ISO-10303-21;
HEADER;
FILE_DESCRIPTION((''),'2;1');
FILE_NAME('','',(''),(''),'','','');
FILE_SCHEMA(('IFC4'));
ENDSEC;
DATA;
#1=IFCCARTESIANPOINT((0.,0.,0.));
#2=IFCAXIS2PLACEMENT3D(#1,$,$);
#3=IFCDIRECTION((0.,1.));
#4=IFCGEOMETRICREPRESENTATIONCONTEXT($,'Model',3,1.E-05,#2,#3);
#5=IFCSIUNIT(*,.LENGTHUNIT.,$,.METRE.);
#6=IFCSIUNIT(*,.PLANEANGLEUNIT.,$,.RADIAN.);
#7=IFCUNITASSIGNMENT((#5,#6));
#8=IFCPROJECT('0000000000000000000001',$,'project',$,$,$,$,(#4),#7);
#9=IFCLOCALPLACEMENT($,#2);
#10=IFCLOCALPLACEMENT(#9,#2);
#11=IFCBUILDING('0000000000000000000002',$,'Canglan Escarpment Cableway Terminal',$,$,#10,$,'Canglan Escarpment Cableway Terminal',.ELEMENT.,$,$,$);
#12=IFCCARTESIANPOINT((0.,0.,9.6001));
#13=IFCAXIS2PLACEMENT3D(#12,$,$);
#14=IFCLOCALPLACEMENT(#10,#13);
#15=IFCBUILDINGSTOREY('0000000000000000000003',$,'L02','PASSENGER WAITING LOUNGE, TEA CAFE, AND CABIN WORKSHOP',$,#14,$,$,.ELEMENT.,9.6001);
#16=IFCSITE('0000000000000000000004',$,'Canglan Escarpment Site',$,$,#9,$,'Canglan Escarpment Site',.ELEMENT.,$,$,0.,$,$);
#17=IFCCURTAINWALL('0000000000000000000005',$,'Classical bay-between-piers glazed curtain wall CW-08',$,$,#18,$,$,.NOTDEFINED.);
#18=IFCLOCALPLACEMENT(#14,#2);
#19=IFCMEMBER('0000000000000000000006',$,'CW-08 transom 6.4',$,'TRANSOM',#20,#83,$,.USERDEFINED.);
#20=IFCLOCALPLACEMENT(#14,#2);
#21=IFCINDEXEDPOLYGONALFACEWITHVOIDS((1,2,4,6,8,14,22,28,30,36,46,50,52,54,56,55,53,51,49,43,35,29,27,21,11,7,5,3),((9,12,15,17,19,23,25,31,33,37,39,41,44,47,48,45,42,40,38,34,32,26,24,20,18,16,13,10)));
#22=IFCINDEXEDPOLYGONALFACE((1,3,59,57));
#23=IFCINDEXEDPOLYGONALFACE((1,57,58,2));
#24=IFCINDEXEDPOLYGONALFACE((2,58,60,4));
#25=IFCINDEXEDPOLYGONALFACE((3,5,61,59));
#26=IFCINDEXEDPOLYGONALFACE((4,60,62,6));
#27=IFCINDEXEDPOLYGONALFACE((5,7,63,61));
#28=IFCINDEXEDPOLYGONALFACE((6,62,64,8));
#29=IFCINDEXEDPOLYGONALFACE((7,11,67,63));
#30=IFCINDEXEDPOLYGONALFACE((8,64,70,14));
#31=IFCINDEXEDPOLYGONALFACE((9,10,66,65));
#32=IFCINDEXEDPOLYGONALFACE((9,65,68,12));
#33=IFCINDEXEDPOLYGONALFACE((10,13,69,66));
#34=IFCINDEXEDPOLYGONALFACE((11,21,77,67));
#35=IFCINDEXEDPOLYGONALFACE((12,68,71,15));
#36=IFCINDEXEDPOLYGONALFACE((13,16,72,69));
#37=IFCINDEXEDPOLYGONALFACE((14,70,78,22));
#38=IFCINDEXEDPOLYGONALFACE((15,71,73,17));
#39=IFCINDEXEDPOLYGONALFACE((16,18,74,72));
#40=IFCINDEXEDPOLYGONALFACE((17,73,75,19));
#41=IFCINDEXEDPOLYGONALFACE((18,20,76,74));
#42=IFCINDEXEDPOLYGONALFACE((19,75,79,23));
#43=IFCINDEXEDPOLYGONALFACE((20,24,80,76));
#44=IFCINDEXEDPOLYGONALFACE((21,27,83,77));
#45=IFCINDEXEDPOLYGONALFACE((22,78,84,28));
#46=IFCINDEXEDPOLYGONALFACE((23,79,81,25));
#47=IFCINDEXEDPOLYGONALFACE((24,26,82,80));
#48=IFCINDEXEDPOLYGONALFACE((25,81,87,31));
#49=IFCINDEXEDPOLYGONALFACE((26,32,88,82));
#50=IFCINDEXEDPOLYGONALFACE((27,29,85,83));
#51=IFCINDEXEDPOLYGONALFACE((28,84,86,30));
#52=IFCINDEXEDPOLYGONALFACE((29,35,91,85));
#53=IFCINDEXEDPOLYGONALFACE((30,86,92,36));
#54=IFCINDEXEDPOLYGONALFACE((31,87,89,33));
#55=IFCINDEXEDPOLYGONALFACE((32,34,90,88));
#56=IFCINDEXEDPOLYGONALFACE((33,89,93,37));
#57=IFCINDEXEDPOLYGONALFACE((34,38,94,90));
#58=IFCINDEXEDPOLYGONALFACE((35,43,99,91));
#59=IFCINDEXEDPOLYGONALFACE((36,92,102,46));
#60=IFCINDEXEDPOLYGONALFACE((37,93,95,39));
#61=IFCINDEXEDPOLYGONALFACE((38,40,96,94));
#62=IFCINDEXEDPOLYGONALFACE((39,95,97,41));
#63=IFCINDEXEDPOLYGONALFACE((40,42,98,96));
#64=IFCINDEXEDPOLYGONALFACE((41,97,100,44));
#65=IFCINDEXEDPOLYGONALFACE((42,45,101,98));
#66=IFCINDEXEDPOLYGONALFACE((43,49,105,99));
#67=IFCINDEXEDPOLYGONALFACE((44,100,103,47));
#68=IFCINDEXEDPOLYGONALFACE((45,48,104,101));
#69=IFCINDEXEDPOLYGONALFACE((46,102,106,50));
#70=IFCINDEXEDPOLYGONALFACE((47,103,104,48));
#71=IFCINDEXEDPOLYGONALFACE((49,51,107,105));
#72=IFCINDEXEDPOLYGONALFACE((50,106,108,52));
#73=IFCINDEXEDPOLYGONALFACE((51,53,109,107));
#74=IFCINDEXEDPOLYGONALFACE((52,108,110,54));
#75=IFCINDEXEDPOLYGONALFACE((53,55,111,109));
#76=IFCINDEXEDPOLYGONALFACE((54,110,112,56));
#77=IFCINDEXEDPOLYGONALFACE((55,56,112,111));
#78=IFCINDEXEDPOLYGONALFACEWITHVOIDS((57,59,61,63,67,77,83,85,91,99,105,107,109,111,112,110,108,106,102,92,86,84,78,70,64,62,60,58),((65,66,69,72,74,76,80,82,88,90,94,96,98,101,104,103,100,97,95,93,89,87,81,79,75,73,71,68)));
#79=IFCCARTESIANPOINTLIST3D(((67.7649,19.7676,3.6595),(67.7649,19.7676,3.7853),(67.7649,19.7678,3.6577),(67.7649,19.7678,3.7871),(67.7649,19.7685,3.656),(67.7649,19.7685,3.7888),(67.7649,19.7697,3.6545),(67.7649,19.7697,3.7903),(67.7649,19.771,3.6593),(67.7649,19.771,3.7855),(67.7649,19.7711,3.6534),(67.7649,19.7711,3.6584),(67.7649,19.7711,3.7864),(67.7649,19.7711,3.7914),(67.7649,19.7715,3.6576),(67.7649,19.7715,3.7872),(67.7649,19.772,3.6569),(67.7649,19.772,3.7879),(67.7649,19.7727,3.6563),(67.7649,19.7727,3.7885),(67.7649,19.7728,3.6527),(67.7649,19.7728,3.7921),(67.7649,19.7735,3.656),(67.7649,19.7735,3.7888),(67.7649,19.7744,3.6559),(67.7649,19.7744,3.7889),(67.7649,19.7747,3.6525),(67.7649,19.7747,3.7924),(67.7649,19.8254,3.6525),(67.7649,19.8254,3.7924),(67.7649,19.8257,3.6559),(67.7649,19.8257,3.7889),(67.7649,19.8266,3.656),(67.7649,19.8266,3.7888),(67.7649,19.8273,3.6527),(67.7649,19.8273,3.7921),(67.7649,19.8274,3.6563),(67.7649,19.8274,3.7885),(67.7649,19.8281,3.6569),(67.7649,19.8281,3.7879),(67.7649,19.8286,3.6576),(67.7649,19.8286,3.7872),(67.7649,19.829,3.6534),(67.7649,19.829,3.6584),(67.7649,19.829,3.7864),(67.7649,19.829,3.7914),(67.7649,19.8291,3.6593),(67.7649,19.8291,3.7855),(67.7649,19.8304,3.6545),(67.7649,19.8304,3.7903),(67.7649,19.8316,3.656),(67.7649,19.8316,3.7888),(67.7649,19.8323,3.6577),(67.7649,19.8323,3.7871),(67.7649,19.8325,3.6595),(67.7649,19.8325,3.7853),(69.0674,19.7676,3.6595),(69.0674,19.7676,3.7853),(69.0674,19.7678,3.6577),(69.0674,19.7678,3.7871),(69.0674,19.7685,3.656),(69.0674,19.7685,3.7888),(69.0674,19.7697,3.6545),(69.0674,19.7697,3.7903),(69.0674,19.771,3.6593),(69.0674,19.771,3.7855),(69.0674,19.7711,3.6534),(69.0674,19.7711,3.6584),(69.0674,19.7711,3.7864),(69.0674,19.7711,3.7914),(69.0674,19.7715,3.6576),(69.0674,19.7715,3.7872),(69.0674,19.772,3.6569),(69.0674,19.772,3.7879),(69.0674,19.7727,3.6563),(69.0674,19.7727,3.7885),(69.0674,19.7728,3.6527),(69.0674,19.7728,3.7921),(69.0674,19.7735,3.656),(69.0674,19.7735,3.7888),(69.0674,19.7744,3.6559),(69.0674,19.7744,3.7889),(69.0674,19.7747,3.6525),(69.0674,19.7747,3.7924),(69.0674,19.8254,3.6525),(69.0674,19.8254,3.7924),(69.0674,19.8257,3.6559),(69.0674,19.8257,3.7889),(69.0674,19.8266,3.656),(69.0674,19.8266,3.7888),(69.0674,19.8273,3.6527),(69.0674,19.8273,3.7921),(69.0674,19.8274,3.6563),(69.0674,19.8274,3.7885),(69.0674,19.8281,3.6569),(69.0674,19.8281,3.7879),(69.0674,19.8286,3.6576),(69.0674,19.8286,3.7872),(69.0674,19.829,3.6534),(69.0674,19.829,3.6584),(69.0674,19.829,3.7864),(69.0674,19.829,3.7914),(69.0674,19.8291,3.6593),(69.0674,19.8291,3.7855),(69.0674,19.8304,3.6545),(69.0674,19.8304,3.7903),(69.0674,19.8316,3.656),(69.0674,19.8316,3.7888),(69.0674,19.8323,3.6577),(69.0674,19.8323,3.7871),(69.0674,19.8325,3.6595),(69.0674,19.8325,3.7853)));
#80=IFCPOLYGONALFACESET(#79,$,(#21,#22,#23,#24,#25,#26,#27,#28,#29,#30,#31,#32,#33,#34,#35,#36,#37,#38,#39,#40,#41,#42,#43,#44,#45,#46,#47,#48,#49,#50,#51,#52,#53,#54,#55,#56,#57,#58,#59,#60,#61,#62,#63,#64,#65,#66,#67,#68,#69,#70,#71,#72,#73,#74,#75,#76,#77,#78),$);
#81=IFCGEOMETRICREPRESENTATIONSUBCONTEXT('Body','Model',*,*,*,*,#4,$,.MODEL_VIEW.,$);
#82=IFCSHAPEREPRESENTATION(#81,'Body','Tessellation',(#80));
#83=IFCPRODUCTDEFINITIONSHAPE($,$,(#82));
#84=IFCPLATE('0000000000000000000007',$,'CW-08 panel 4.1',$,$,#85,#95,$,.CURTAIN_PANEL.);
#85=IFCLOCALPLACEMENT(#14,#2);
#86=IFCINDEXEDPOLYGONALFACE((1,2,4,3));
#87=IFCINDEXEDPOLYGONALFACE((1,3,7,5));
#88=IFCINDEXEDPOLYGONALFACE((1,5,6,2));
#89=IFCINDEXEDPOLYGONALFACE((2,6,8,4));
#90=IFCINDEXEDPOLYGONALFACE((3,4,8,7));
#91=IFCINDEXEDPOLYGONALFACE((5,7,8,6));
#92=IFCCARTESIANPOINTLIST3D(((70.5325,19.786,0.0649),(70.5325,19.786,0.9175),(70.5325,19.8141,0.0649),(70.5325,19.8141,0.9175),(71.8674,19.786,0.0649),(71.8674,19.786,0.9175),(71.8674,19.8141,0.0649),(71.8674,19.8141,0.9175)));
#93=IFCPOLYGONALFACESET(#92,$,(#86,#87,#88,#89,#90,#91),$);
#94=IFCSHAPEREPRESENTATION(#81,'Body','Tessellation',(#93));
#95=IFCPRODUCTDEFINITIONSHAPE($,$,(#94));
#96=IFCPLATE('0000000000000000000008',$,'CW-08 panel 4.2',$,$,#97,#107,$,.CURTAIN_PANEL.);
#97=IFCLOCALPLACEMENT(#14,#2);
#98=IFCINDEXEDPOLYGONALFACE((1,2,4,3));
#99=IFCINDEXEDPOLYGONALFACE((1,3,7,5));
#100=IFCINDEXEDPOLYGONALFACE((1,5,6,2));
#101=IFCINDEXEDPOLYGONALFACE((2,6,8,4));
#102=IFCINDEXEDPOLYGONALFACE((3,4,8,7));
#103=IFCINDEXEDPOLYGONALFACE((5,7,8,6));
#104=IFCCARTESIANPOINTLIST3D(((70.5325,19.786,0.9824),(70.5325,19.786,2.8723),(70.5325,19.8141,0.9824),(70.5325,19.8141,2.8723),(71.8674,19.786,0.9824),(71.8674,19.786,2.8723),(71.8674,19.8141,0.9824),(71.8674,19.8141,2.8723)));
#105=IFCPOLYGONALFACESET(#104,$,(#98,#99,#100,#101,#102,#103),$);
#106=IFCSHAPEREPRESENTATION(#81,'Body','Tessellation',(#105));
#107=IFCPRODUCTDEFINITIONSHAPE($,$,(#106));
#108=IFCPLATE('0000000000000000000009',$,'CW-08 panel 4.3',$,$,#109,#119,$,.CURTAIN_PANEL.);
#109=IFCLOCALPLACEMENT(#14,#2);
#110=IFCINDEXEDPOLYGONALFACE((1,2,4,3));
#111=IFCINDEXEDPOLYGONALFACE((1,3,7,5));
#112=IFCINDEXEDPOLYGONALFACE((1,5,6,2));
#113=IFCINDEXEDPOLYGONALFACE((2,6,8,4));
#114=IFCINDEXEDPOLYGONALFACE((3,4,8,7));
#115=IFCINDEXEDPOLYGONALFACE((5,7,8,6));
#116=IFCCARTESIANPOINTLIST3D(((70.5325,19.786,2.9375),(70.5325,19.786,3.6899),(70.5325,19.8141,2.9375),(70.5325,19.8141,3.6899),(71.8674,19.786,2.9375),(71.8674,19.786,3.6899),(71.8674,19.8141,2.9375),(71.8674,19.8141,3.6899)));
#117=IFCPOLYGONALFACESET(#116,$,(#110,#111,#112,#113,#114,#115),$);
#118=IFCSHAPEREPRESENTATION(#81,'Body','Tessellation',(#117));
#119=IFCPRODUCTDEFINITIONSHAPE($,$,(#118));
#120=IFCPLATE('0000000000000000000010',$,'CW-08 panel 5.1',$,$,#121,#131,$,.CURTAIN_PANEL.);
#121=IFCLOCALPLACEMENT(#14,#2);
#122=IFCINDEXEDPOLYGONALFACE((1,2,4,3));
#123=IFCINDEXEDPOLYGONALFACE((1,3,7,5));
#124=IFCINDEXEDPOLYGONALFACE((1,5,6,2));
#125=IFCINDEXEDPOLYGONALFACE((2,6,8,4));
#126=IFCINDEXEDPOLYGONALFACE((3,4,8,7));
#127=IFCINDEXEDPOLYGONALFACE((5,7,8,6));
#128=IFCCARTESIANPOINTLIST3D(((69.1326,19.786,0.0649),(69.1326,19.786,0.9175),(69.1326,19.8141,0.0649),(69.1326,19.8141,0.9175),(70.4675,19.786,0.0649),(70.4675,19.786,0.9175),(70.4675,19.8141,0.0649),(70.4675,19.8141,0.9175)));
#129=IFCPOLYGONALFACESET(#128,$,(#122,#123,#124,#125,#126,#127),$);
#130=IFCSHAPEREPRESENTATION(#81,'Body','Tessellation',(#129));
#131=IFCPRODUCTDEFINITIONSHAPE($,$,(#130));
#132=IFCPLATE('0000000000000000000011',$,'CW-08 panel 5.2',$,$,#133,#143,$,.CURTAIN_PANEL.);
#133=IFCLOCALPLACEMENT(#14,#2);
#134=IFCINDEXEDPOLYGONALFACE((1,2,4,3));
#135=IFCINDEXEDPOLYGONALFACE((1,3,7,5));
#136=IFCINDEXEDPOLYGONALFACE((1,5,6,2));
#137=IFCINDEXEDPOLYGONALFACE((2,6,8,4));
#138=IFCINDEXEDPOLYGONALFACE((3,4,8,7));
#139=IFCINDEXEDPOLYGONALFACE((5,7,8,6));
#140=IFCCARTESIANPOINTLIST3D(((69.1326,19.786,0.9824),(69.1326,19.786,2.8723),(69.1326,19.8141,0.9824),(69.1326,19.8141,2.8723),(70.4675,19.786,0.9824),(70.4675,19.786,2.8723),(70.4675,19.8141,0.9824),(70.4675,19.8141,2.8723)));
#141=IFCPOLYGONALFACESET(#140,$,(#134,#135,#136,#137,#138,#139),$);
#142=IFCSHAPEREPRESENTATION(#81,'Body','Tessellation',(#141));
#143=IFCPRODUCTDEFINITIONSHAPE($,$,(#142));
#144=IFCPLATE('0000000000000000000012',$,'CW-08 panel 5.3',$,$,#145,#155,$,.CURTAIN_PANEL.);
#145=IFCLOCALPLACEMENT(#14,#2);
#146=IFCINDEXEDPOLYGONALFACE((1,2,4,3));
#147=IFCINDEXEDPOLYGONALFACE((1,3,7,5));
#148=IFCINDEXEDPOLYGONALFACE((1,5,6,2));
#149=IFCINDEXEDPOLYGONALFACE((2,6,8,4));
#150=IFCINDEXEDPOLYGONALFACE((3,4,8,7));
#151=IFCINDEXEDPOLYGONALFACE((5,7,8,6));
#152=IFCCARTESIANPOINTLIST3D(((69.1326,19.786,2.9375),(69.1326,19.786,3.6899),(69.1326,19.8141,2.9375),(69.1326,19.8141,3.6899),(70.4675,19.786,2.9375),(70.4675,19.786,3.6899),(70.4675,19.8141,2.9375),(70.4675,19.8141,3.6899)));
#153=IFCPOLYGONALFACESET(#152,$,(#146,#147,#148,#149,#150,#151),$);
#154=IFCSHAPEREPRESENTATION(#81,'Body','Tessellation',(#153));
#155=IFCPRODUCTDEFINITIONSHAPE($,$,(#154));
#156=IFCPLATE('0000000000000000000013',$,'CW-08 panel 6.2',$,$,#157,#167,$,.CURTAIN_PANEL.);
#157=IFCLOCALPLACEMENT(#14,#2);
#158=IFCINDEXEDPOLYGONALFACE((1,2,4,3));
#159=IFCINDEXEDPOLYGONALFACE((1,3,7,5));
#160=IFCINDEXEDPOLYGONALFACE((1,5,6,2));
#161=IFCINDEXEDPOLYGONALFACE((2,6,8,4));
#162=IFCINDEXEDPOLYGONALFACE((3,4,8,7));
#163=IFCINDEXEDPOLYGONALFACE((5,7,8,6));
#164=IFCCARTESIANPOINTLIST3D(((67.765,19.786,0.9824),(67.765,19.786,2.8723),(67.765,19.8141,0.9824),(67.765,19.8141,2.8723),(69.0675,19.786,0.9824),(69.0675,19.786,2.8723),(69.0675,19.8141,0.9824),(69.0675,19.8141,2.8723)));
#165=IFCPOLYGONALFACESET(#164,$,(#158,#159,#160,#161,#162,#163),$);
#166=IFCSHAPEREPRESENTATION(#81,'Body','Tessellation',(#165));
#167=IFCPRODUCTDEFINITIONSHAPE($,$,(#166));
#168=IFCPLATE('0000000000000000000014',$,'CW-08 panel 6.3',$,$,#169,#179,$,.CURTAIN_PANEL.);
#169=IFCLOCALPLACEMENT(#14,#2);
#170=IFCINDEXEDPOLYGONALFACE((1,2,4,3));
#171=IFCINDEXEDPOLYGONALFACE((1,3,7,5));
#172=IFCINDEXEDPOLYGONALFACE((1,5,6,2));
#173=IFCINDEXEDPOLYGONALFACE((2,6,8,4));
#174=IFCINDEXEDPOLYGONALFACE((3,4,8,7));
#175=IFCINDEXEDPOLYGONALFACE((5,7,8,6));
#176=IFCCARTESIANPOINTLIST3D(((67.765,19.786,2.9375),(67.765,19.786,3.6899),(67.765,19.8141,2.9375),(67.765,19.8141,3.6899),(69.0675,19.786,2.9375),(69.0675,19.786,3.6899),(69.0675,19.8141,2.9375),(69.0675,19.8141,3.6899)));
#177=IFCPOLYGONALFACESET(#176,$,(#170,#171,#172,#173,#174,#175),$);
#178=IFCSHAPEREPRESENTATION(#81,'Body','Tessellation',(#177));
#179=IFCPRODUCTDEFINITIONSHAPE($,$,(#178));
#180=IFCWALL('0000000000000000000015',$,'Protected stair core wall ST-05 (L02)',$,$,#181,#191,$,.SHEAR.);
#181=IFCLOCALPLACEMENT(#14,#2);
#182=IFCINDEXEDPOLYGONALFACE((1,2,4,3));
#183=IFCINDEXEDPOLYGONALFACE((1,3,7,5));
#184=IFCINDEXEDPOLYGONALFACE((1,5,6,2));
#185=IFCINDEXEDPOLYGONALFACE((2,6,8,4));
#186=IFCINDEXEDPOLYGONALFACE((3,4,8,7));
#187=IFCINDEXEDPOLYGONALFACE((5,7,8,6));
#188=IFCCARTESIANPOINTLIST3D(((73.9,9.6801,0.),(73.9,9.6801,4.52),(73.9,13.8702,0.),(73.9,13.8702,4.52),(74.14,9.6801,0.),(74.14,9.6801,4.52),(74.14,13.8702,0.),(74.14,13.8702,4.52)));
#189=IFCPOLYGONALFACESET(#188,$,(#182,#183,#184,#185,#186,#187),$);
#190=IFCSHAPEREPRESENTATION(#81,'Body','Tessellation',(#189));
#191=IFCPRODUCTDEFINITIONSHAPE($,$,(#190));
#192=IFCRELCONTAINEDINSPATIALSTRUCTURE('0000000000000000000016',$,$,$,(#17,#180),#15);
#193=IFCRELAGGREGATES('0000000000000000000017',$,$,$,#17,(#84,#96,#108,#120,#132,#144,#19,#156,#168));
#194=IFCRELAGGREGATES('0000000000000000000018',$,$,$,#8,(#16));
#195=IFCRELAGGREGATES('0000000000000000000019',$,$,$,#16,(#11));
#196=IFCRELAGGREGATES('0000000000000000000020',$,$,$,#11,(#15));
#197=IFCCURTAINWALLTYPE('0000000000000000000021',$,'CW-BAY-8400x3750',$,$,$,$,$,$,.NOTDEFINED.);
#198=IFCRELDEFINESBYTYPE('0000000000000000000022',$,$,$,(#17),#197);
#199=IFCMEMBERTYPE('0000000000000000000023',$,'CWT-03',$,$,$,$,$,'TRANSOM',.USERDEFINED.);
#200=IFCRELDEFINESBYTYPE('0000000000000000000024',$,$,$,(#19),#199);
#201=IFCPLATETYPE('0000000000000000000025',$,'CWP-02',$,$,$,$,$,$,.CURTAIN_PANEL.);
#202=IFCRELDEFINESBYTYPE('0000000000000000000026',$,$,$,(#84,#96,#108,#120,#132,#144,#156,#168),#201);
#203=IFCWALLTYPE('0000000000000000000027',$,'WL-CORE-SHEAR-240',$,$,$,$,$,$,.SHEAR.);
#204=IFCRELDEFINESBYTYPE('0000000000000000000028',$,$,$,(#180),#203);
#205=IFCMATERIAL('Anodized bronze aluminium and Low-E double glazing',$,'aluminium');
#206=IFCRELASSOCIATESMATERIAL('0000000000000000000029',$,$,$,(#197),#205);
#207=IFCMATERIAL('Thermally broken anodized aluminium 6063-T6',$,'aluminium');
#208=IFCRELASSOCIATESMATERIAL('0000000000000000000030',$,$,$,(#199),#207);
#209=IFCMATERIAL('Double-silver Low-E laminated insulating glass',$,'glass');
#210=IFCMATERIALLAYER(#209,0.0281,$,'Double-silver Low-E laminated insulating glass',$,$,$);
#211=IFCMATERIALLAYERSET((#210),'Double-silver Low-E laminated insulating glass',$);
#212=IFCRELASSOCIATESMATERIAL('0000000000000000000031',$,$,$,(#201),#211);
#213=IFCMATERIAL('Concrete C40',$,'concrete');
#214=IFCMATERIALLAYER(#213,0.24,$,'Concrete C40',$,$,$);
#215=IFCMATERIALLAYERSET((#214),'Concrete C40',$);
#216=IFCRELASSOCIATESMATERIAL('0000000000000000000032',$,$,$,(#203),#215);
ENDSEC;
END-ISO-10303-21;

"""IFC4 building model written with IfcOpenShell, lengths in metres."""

from ifc_helpers import new_model, si_unit, direction, frame, frame_2d, origin, origin_2d, place, context, subcontext, project, spatial, rectangle, hollow_rectangle, extrude, material, layer, layer_set, material_profile, profile_set, type_object, element, aggregate, save


model = new_model("IFC4")

# Units and contexts
model_context = context("Model", 3, precision=1e-05, world=origin(), true_north=direction((0.0, 1.0)))
body_context = subcontext(model_context, "Body", "Model", "MODEL_VIEW")
ifc_project = project(units=[si_unit("LENGTHUNIT", "METRE"), si_unit("PLANEANGLEUNIT", "RADIAN")], contexts=[model_context])

# Site, building, storey
site_placement = place(None, origin())
site = spatial("IfcSite", under=ifc_project, at=site_placement, Name="Canglan Escarpment Site", LongName="Canglan Escarpment Site", CompositionType="ELEMENT", RefElevation=0.0)
building_placement = place(site_placement, origin())
building = spatial("IfcBuilding", under=site, at=building_placement, Name="Canglan Escarpment Cableway Terminal", LongName="Canglan Escarpment Cableway Terminal", CompositionType="ELEMENT")
storey_placement = place(building_placement, frame((0.0, 0.0, 9.6001)))
storey = spatial("IfcBuildingStorey", under=building, at=storey_placement, Name="L02", Description="PASSENGER WAITING LOUNGE, TEA CAFE, AND CABIN WORKSHOP", CompositionType="ELEMENT", Elevation=9.6001)

# Curtain wall, member, plates
ifc_material_1 = material(Name="Anodized bronze aluminium and Low-E double glazing", Category="aluminium")
curtain_wall_type = type_object("IfcCurtainWallType", Name="CW-BAY-8400x3750", PredefinedType="NOTDEFINED", material=ifc_material_1)
curtain_wall_placement = place(storey_placement, origin())
curtain_wall = element("IfcCurtainWall", 1, at=curtain_wall_placement, inside=storey, type_object=curtain_wall_type, Name="Classical bay-between-piers glazed curtain wall CW-08", PredefinedType="NOTDEFINED")
ifc_material_2 = material(Name="Thermally broken anodized aluminium 6063-T6", Category="aluminium")
ifc_material_profile_1 = material_profile(ifc_material_2, hollow_rectangle(XDim=0.0649, YDim=0.1399, WallThickness=0.0034, InnerFilletRadius=0.0034, OuterFilletRadius=0.0071, at=origin_2d()), Name="ALU-TRAN 65x140x3.5")
ifc_profile_set_1 = profile_set([ifc_material_profile_1], Name="Thermally broken anodized aluminium 6063-T6")
member_type_1 = type_object("IfcMemberType", Name="CWT-03", ElementType="TRANSOM", PredefinedType="USERDEFINED", material=ifc_profile_set_1)
member_1_placement = place(storey_placement, frame((69.0674, 19.8, 3.7224), z_axis=(-1.0, 0.0, 0.0), x_axis=(0.0, -1.0, 0.0)))
member_1 = element("IfcMember", 2, at=member_1_placement, type_object=member_type_1, Name="CW-08 transom 6.4", ObjectType="TRANSOM", PredefinedType="USERDEFINED", context=body_context, shape_type="SweptSolid", body=[
    extrude(hollow_rectangle(XDim=0.0649, YDim=0.1399, WallThickness=0.0034, InnerFilletRadius=0.0034, OuterFilletRadius=0.0071, at=origin_2d()), origin(), (0.0, 0.0, 1.0), 1.3025),
])
ifc_material_3 = material(Name="Double-silver Low-E laminated insulating glass", Category="glass")
ifc_layer_1 = layer(ifc_material_3, 0.0281, Name="Double-silver Low-E laminated insulating glass")
ifc_layer_set_1 = layer_set([ifc_layer_1], Name="Double-silver Low-E laminated insulating glass")
plate_type = type_object("IfcPlateType", Name="CWP-02", PredefinedType="CURTAIN_PANEL", material=ifc_layer_set_1)
plate_1_placement = place(storey_placement, frame((71.2, 19.8, 0.0649), z_axis=(0.0, 0.0, 1.0), x_axis=(-1.0, 0.0, 0.0)))
plate_1 = element("IfcPlate", 3, at=plate_1_placement, type_object=plate_type, Name="CW-08 panel 4.1", PredefinedType="CURTAIN_PANEL", context=body_context, shape_type="SweptSolid", body=[
    extrude(rectangle(XDim=1.335, YDim=0.0281, at=origin_2d()), origin(), (0.0, 0.0, 1.0), 0.8525),
])
plate_2_placement = place(storey_placement, frame((71.2, 19.8, 0.9824), z_axis=(0.0, 0.0, 1.0), x_axis=(-1.0, 0.0, 0.0)))
plate_2 = element("IfcPlate", 4, at=plate_2_placement, type_object=plate_type, Name="CW-08 panel 4.2", PredefinedType="CURTAIN_PANEL", context=body_context, shape_type="SweptSolid", body=[
    extrude(rectangle(XDim=1.335, YDim=0.0281, at=origin_2d()), origin(), (0.0, 0.0, 1.0), 1.8899),
])
plate_3_placement = place(storey_placement, frame((71.2, 19.8, 2.9375), z_axis=(0.0, 0.0, 1.0), x_axis=(-1.0, 0.0, 0.0)))
plate_3 = element("IfcPlate", 5, at=plate_3_placement, type_object=plate_type, Name="CW-08 panel 4.3", PredefinedType="CURTAIN_PANEL", context=body_context, shape_type="SweptSolid", body=[
    extrude(rectangle(XDim=1.335, YDim=0.0281, at=origin_2d()), origin(), (0.0, 0.0, 1.0), 0.7524),
])
plate_4_placement = place(storey_placement, frame((69.8, 19.8, 0.0649), z_axis=(0.0, 0.0, 1.0), x_axis=(-1.0, 0.0, 0.0)))
plate_4 = element("IfcPlate", 6, at=plate_4_placement, type_object=plate_type, Name="CW-08 panel 5.1", PredefinedType="CURTAIN_PANEL", context=body_context, shape_type="SweptSolid", body=[
    extrude(rectangle(XDim=1.335, YDim=0.0281, at=origin_2d()), origin(), (0.0, 0.0, 1.0), 0.8525),
])
plate_5_placement = place(storey_placement, frame((69.8, 19.8, 0.9824), z_axis=(0.0, 0.0, 1.0), x_axis=(-1.0, 0.0, 0.0)))
plate_5 = element("IfcPlate", 7, at=plate_5_placement, type_object=plate_type, Name="CW-08 panel 5.2", PredefinedType="CURTAIN_PANEL", context=body_context, shape_type="SweptSolid", body=[
    extrude(rectangle(XDim=1.335, YDim=0.0281, at=origin_2d()), origin(), (0.0, 0.0, 1.0), 1.8899),
])
plate_6_placement = place(storey_placement, frame((69.8, 19.8, 2.9375), z_axis=(0.0, 0.0, 1.0), x_axis=(-1.0, 0.0, 0.0)))
plate_6 = element("IfcPlate", 8, at=plate_6_placement, type_object=plate_type, Name="CW-08 panel 5.3", PredefinedType="CURTAIN_PANEL", context=body_context, shape_type="SweptSolid", body=[
    extrude(rectangle(XDim=1.335, YDim=0.0281, at=origin_2d()), origin(), (0.0, 0.0, 1.0), 0.7524),
])
plate_7_placement = place(storey_placement, frame((68.4163, 19.8, 0.9824), z_axis=(0.0, 0.0, 1.0), x_axis=(-1.0, 0.0, 0.0)))
plate_7 = element("IfcPlate", 9, at=plate_7_placement, type_object=plate_type, Name="CW-08 panel 6.2", PredefinedType="CURTAIN_PANEL", context=body_context, shape_type="SweptSolid", body=[
    extrude(rectangle(XDim=1.3025, YDim=0.0281, at=origin_2d()), origin(), (0.0, 0.0, 1.0), 1.8899),
])
plate_8_placement = place(storey_placement, frame((68.4163, 19.8, 2.9375), z_axis=(0.0, 0.0, 1.0), x_axis=(-1.0, 0.0, 0.0)))
plate_8 = element("IfcPlate", 10, at=plate_8_placement, type_object=plate_type, Name="CW-08 panel 6.3", PredefinedType="CURTAIN_PANEL", context=body_context, shape_type="SweptSolid", body=[
    extrude(rectangle(XDim=1.3025, YDim=0.0281, at=origin_2d()), origin(), (0.0, 0.0, 1.0), 0.7524),
])
aggregate(curtain_wall, [plate_1, plate_2, plate_3, plate_4, plate_5, plate_6, member_1, plate_7, plate_8])

# Wall
ifc_material_4 = material(Name="Concrete C40", Category="concrete")
ifc_layer_2 = layer(ifc_material_4, 0.24, Name="Concrete C40")
ifc_layer_set_2 = layer_set([ifc_layer_2], Name="Concrete C40")
wall_type = type_object("IfcWallType", Name="WL-CORE-SHEAR-240", PredefinedType="SHEAR", material=ifc_layer_set_2)
wall_1_placement = place(storey_placement, frame((74.02, 9.6799, 0.0), z_axis=(0.0, 0.0, 1.0), x_axis=(0.0, 1.0, 0.0)))
element("IfcWall", 11, at=wall_1_placement, inside=storey, type_object=wall_type, Name="Protected stair core wall ST-05 (L02)", PredefinedType="SHEAR", context=body_context, shape_type="SweptSolid", body=[
    extrude(rectangle(XDim=4.1902, YDim=0.24, at=frame_2d((2.0952, 0.0))), origin(), (0.0, 0.0, 1.0), 4.52),
])

save(model, "model.ifc")
